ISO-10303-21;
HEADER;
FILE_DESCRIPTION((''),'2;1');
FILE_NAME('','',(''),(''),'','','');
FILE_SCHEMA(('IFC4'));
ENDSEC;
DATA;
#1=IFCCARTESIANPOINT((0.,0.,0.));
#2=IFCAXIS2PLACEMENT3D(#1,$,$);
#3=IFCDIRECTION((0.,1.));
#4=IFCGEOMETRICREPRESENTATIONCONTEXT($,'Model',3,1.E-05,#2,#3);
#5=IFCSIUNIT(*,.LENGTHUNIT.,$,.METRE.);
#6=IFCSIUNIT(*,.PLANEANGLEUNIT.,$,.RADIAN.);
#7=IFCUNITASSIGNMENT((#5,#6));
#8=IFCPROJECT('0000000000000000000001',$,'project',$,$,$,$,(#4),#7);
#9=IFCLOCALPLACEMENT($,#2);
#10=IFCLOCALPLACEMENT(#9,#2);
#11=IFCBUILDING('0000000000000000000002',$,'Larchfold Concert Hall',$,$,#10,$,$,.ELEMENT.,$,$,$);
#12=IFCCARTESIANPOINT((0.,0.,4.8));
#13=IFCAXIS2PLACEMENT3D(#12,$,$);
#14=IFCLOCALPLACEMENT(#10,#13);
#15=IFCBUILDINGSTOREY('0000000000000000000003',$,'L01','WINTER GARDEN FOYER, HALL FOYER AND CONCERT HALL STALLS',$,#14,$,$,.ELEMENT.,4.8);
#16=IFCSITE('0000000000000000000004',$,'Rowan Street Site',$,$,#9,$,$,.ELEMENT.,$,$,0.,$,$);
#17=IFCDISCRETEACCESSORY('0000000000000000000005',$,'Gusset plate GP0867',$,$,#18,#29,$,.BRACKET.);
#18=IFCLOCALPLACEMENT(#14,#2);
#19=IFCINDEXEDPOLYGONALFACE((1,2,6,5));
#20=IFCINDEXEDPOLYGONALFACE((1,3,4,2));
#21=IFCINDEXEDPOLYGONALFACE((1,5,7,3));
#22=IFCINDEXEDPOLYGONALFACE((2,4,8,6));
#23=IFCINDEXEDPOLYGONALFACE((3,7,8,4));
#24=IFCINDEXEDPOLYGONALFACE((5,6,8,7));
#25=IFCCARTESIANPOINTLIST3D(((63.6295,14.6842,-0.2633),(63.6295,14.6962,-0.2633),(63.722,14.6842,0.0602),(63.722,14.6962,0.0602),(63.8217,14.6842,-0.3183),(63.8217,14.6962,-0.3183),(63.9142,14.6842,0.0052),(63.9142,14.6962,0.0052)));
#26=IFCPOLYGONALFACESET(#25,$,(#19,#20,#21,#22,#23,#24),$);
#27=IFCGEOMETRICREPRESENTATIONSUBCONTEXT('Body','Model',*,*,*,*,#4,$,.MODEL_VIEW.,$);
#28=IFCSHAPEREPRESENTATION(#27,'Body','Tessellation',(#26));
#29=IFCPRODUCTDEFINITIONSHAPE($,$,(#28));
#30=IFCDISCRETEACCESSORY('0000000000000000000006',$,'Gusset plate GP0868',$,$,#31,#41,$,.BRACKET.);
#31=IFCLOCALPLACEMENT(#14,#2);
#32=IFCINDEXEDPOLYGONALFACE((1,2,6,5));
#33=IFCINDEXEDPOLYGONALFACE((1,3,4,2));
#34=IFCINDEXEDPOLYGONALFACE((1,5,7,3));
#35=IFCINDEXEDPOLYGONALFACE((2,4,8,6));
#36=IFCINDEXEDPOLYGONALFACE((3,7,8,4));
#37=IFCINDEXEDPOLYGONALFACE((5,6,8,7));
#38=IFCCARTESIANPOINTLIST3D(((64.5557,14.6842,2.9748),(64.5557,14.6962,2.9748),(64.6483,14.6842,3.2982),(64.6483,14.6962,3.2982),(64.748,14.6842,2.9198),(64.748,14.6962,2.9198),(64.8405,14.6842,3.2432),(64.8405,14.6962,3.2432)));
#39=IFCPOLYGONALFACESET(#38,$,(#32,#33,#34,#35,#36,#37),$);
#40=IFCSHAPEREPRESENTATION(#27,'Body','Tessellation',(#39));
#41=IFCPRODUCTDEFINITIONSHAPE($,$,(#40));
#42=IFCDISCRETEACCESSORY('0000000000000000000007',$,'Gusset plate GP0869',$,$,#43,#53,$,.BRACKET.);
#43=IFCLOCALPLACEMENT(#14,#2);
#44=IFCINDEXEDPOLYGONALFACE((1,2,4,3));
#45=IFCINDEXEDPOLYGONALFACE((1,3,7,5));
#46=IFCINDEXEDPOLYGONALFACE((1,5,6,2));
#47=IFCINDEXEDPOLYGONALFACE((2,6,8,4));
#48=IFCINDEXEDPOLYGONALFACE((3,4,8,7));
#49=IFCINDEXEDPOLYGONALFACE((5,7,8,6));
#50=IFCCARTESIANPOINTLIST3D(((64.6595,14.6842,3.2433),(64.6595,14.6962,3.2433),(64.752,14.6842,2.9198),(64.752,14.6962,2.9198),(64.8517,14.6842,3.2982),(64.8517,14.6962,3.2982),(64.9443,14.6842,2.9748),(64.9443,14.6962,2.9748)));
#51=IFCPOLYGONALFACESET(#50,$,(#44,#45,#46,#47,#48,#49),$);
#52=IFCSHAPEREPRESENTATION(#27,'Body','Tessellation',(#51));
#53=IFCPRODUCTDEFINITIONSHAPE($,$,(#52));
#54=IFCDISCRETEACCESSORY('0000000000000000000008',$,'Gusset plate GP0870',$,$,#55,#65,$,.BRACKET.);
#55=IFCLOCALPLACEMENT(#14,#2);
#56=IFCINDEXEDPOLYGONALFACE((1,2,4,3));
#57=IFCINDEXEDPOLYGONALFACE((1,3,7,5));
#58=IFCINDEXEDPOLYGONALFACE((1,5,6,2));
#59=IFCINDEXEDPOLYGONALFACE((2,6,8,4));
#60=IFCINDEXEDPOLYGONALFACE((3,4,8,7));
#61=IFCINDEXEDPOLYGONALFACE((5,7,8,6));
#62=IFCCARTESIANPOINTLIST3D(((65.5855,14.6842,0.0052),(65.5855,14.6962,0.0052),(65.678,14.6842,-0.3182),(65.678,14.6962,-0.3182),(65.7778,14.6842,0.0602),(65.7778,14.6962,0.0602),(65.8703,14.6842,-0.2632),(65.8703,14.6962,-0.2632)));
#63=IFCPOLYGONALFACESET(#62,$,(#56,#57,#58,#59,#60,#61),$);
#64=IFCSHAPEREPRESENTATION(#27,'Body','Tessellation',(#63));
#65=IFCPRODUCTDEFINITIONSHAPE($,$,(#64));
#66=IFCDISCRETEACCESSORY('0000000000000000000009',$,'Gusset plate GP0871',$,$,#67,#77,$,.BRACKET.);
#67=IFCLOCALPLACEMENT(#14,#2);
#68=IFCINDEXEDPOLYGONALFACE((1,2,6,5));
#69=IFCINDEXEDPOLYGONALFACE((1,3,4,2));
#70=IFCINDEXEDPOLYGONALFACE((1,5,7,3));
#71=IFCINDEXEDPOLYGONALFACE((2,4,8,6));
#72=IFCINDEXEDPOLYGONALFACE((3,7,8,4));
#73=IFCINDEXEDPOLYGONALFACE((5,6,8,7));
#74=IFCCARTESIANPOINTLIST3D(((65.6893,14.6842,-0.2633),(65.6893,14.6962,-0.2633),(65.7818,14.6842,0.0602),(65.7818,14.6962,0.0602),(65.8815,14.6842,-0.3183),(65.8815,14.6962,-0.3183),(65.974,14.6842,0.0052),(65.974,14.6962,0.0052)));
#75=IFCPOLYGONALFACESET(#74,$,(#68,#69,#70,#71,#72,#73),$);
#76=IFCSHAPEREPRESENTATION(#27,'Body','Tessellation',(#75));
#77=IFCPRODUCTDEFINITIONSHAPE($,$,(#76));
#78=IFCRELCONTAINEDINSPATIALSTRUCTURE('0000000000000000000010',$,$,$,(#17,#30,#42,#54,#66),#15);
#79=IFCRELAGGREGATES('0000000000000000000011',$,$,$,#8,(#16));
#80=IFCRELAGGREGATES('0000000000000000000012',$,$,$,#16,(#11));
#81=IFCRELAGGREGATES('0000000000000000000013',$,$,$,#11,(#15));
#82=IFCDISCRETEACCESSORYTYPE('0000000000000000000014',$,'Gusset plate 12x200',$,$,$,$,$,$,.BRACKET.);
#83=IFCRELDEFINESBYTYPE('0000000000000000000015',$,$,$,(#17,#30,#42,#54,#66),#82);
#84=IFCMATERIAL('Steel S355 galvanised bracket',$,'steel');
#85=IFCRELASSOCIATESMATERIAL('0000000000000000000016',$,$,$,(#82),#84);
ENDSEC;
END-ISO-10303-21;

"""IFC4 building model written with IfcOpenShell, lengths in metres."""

from ifc_helpers import new_model, si_unit, direction, frame, origin, origin_2d, place, context, subcontext, project, spatial, rectangle, extrude, material, material_profile, profile_set, type_object, element, save


model = new_model("IFC4")

# Units and contexts
model_context = context("Model", 3, precision=1e-05, world=origin(), true_north=direction((0.0, 1.0)))
body_context = subcontext(model_context, "Body", "Model", "MODEL_VIEW")
ifc_project = project(units=[si_unit("LENGTHUNIT", "METRE"), si_unit("PLANEANGLEUNIT", "RADIAN")], contexts=[model_context])

# Site, building, storey
site_placement = place(None, origin())
site = spatial("IfcSite", under=ifc_project, at=site_placement, Name="Rowan Street Site", CompositionType="ELEMENT", RefElevation=0.0)
building_placement = place(site_placement, origin())
building = spatial("IfcBuilding", under=site, at=building_placement, Name="Larchfold Concert Hall", CompositionType="ELEMENT")
storey_placement = place(building_placement, frame((0.0, 0.0, 4.8)))
storey = spatial("IfcBuildingStorey", under=building, at=storey_placement, Name="L01", Description="WINTER GARDEN FOYER, HALL FOYER AND CONCERT HALL STALLS", CompositionType="ELEMENT", Elevation=4.8)

# Discrete accessories
ifc_material_1 = material(Name="Steel S355 galvanised bracket", Category="steel")
ifc_material_profile_1 = material_profile(ifc_material_1, rectangle(XDim=0.012, YDim=0.2, at=origin_2d()))
ifc_profile_set_1 = profile_set([ifc_material_profile_1], Name="Steel S355 galvanised bracket")
discrete_accessory_type = type_object("IfcDiscreteAccessoryType", Name="Gusset plate 12x200", PredefinedType="BRACKET", material=ifc_profile_set_1)
for number, where, z_axis, x_axis, name in (
    (1, (63.7256, 14.6902, -0.2908), (0.275009, 0.0, 0.961442), (0.0, 1.0, 0.0), "Gusset plate GP0867"),
    (2, (64.6519, 14.6902, 2.9473), (0.275009, 0.0, 0.961442), (0.0, 1.0, 0.0), "Gusset plate GP0868"),
    (3, (64.7556, 14.6902, 3.2708), (0.275009, 0.0, -0.961442), (0.0, 1.0, 0.0), "Gusset plate GP0869"),
    (4, (65.6816, 14.6902, 0.0327), (0.275009, 0.0, -0.961442), (0.0, 1.0, 0.0), "Gusset plate GP0870"),
    (5, (65.7854, 14.6902, -0.2908), (0.275009, 0.0, 0.961442), (0.0, 1.0, 0.0), "Gusset plate GP0871"),
):
    element("IfcDiscreteAccessory", number, at=place(storey_placement, frame(where, z_axis=z_axis, x_axis=x_axis)), inside=storey, type_object=discrete_accessory_type, Name=name, PredefinedType="BRACKET", context=body_context, shape_type="SweptSolid", body=[
        extrude(rectangle(XDim=0.012, YDim=0.2, at=origin_2d()), origin(), (0.0, 0.0, 1.0), 0.3364),
    ])

save(model, "model.ifc")
